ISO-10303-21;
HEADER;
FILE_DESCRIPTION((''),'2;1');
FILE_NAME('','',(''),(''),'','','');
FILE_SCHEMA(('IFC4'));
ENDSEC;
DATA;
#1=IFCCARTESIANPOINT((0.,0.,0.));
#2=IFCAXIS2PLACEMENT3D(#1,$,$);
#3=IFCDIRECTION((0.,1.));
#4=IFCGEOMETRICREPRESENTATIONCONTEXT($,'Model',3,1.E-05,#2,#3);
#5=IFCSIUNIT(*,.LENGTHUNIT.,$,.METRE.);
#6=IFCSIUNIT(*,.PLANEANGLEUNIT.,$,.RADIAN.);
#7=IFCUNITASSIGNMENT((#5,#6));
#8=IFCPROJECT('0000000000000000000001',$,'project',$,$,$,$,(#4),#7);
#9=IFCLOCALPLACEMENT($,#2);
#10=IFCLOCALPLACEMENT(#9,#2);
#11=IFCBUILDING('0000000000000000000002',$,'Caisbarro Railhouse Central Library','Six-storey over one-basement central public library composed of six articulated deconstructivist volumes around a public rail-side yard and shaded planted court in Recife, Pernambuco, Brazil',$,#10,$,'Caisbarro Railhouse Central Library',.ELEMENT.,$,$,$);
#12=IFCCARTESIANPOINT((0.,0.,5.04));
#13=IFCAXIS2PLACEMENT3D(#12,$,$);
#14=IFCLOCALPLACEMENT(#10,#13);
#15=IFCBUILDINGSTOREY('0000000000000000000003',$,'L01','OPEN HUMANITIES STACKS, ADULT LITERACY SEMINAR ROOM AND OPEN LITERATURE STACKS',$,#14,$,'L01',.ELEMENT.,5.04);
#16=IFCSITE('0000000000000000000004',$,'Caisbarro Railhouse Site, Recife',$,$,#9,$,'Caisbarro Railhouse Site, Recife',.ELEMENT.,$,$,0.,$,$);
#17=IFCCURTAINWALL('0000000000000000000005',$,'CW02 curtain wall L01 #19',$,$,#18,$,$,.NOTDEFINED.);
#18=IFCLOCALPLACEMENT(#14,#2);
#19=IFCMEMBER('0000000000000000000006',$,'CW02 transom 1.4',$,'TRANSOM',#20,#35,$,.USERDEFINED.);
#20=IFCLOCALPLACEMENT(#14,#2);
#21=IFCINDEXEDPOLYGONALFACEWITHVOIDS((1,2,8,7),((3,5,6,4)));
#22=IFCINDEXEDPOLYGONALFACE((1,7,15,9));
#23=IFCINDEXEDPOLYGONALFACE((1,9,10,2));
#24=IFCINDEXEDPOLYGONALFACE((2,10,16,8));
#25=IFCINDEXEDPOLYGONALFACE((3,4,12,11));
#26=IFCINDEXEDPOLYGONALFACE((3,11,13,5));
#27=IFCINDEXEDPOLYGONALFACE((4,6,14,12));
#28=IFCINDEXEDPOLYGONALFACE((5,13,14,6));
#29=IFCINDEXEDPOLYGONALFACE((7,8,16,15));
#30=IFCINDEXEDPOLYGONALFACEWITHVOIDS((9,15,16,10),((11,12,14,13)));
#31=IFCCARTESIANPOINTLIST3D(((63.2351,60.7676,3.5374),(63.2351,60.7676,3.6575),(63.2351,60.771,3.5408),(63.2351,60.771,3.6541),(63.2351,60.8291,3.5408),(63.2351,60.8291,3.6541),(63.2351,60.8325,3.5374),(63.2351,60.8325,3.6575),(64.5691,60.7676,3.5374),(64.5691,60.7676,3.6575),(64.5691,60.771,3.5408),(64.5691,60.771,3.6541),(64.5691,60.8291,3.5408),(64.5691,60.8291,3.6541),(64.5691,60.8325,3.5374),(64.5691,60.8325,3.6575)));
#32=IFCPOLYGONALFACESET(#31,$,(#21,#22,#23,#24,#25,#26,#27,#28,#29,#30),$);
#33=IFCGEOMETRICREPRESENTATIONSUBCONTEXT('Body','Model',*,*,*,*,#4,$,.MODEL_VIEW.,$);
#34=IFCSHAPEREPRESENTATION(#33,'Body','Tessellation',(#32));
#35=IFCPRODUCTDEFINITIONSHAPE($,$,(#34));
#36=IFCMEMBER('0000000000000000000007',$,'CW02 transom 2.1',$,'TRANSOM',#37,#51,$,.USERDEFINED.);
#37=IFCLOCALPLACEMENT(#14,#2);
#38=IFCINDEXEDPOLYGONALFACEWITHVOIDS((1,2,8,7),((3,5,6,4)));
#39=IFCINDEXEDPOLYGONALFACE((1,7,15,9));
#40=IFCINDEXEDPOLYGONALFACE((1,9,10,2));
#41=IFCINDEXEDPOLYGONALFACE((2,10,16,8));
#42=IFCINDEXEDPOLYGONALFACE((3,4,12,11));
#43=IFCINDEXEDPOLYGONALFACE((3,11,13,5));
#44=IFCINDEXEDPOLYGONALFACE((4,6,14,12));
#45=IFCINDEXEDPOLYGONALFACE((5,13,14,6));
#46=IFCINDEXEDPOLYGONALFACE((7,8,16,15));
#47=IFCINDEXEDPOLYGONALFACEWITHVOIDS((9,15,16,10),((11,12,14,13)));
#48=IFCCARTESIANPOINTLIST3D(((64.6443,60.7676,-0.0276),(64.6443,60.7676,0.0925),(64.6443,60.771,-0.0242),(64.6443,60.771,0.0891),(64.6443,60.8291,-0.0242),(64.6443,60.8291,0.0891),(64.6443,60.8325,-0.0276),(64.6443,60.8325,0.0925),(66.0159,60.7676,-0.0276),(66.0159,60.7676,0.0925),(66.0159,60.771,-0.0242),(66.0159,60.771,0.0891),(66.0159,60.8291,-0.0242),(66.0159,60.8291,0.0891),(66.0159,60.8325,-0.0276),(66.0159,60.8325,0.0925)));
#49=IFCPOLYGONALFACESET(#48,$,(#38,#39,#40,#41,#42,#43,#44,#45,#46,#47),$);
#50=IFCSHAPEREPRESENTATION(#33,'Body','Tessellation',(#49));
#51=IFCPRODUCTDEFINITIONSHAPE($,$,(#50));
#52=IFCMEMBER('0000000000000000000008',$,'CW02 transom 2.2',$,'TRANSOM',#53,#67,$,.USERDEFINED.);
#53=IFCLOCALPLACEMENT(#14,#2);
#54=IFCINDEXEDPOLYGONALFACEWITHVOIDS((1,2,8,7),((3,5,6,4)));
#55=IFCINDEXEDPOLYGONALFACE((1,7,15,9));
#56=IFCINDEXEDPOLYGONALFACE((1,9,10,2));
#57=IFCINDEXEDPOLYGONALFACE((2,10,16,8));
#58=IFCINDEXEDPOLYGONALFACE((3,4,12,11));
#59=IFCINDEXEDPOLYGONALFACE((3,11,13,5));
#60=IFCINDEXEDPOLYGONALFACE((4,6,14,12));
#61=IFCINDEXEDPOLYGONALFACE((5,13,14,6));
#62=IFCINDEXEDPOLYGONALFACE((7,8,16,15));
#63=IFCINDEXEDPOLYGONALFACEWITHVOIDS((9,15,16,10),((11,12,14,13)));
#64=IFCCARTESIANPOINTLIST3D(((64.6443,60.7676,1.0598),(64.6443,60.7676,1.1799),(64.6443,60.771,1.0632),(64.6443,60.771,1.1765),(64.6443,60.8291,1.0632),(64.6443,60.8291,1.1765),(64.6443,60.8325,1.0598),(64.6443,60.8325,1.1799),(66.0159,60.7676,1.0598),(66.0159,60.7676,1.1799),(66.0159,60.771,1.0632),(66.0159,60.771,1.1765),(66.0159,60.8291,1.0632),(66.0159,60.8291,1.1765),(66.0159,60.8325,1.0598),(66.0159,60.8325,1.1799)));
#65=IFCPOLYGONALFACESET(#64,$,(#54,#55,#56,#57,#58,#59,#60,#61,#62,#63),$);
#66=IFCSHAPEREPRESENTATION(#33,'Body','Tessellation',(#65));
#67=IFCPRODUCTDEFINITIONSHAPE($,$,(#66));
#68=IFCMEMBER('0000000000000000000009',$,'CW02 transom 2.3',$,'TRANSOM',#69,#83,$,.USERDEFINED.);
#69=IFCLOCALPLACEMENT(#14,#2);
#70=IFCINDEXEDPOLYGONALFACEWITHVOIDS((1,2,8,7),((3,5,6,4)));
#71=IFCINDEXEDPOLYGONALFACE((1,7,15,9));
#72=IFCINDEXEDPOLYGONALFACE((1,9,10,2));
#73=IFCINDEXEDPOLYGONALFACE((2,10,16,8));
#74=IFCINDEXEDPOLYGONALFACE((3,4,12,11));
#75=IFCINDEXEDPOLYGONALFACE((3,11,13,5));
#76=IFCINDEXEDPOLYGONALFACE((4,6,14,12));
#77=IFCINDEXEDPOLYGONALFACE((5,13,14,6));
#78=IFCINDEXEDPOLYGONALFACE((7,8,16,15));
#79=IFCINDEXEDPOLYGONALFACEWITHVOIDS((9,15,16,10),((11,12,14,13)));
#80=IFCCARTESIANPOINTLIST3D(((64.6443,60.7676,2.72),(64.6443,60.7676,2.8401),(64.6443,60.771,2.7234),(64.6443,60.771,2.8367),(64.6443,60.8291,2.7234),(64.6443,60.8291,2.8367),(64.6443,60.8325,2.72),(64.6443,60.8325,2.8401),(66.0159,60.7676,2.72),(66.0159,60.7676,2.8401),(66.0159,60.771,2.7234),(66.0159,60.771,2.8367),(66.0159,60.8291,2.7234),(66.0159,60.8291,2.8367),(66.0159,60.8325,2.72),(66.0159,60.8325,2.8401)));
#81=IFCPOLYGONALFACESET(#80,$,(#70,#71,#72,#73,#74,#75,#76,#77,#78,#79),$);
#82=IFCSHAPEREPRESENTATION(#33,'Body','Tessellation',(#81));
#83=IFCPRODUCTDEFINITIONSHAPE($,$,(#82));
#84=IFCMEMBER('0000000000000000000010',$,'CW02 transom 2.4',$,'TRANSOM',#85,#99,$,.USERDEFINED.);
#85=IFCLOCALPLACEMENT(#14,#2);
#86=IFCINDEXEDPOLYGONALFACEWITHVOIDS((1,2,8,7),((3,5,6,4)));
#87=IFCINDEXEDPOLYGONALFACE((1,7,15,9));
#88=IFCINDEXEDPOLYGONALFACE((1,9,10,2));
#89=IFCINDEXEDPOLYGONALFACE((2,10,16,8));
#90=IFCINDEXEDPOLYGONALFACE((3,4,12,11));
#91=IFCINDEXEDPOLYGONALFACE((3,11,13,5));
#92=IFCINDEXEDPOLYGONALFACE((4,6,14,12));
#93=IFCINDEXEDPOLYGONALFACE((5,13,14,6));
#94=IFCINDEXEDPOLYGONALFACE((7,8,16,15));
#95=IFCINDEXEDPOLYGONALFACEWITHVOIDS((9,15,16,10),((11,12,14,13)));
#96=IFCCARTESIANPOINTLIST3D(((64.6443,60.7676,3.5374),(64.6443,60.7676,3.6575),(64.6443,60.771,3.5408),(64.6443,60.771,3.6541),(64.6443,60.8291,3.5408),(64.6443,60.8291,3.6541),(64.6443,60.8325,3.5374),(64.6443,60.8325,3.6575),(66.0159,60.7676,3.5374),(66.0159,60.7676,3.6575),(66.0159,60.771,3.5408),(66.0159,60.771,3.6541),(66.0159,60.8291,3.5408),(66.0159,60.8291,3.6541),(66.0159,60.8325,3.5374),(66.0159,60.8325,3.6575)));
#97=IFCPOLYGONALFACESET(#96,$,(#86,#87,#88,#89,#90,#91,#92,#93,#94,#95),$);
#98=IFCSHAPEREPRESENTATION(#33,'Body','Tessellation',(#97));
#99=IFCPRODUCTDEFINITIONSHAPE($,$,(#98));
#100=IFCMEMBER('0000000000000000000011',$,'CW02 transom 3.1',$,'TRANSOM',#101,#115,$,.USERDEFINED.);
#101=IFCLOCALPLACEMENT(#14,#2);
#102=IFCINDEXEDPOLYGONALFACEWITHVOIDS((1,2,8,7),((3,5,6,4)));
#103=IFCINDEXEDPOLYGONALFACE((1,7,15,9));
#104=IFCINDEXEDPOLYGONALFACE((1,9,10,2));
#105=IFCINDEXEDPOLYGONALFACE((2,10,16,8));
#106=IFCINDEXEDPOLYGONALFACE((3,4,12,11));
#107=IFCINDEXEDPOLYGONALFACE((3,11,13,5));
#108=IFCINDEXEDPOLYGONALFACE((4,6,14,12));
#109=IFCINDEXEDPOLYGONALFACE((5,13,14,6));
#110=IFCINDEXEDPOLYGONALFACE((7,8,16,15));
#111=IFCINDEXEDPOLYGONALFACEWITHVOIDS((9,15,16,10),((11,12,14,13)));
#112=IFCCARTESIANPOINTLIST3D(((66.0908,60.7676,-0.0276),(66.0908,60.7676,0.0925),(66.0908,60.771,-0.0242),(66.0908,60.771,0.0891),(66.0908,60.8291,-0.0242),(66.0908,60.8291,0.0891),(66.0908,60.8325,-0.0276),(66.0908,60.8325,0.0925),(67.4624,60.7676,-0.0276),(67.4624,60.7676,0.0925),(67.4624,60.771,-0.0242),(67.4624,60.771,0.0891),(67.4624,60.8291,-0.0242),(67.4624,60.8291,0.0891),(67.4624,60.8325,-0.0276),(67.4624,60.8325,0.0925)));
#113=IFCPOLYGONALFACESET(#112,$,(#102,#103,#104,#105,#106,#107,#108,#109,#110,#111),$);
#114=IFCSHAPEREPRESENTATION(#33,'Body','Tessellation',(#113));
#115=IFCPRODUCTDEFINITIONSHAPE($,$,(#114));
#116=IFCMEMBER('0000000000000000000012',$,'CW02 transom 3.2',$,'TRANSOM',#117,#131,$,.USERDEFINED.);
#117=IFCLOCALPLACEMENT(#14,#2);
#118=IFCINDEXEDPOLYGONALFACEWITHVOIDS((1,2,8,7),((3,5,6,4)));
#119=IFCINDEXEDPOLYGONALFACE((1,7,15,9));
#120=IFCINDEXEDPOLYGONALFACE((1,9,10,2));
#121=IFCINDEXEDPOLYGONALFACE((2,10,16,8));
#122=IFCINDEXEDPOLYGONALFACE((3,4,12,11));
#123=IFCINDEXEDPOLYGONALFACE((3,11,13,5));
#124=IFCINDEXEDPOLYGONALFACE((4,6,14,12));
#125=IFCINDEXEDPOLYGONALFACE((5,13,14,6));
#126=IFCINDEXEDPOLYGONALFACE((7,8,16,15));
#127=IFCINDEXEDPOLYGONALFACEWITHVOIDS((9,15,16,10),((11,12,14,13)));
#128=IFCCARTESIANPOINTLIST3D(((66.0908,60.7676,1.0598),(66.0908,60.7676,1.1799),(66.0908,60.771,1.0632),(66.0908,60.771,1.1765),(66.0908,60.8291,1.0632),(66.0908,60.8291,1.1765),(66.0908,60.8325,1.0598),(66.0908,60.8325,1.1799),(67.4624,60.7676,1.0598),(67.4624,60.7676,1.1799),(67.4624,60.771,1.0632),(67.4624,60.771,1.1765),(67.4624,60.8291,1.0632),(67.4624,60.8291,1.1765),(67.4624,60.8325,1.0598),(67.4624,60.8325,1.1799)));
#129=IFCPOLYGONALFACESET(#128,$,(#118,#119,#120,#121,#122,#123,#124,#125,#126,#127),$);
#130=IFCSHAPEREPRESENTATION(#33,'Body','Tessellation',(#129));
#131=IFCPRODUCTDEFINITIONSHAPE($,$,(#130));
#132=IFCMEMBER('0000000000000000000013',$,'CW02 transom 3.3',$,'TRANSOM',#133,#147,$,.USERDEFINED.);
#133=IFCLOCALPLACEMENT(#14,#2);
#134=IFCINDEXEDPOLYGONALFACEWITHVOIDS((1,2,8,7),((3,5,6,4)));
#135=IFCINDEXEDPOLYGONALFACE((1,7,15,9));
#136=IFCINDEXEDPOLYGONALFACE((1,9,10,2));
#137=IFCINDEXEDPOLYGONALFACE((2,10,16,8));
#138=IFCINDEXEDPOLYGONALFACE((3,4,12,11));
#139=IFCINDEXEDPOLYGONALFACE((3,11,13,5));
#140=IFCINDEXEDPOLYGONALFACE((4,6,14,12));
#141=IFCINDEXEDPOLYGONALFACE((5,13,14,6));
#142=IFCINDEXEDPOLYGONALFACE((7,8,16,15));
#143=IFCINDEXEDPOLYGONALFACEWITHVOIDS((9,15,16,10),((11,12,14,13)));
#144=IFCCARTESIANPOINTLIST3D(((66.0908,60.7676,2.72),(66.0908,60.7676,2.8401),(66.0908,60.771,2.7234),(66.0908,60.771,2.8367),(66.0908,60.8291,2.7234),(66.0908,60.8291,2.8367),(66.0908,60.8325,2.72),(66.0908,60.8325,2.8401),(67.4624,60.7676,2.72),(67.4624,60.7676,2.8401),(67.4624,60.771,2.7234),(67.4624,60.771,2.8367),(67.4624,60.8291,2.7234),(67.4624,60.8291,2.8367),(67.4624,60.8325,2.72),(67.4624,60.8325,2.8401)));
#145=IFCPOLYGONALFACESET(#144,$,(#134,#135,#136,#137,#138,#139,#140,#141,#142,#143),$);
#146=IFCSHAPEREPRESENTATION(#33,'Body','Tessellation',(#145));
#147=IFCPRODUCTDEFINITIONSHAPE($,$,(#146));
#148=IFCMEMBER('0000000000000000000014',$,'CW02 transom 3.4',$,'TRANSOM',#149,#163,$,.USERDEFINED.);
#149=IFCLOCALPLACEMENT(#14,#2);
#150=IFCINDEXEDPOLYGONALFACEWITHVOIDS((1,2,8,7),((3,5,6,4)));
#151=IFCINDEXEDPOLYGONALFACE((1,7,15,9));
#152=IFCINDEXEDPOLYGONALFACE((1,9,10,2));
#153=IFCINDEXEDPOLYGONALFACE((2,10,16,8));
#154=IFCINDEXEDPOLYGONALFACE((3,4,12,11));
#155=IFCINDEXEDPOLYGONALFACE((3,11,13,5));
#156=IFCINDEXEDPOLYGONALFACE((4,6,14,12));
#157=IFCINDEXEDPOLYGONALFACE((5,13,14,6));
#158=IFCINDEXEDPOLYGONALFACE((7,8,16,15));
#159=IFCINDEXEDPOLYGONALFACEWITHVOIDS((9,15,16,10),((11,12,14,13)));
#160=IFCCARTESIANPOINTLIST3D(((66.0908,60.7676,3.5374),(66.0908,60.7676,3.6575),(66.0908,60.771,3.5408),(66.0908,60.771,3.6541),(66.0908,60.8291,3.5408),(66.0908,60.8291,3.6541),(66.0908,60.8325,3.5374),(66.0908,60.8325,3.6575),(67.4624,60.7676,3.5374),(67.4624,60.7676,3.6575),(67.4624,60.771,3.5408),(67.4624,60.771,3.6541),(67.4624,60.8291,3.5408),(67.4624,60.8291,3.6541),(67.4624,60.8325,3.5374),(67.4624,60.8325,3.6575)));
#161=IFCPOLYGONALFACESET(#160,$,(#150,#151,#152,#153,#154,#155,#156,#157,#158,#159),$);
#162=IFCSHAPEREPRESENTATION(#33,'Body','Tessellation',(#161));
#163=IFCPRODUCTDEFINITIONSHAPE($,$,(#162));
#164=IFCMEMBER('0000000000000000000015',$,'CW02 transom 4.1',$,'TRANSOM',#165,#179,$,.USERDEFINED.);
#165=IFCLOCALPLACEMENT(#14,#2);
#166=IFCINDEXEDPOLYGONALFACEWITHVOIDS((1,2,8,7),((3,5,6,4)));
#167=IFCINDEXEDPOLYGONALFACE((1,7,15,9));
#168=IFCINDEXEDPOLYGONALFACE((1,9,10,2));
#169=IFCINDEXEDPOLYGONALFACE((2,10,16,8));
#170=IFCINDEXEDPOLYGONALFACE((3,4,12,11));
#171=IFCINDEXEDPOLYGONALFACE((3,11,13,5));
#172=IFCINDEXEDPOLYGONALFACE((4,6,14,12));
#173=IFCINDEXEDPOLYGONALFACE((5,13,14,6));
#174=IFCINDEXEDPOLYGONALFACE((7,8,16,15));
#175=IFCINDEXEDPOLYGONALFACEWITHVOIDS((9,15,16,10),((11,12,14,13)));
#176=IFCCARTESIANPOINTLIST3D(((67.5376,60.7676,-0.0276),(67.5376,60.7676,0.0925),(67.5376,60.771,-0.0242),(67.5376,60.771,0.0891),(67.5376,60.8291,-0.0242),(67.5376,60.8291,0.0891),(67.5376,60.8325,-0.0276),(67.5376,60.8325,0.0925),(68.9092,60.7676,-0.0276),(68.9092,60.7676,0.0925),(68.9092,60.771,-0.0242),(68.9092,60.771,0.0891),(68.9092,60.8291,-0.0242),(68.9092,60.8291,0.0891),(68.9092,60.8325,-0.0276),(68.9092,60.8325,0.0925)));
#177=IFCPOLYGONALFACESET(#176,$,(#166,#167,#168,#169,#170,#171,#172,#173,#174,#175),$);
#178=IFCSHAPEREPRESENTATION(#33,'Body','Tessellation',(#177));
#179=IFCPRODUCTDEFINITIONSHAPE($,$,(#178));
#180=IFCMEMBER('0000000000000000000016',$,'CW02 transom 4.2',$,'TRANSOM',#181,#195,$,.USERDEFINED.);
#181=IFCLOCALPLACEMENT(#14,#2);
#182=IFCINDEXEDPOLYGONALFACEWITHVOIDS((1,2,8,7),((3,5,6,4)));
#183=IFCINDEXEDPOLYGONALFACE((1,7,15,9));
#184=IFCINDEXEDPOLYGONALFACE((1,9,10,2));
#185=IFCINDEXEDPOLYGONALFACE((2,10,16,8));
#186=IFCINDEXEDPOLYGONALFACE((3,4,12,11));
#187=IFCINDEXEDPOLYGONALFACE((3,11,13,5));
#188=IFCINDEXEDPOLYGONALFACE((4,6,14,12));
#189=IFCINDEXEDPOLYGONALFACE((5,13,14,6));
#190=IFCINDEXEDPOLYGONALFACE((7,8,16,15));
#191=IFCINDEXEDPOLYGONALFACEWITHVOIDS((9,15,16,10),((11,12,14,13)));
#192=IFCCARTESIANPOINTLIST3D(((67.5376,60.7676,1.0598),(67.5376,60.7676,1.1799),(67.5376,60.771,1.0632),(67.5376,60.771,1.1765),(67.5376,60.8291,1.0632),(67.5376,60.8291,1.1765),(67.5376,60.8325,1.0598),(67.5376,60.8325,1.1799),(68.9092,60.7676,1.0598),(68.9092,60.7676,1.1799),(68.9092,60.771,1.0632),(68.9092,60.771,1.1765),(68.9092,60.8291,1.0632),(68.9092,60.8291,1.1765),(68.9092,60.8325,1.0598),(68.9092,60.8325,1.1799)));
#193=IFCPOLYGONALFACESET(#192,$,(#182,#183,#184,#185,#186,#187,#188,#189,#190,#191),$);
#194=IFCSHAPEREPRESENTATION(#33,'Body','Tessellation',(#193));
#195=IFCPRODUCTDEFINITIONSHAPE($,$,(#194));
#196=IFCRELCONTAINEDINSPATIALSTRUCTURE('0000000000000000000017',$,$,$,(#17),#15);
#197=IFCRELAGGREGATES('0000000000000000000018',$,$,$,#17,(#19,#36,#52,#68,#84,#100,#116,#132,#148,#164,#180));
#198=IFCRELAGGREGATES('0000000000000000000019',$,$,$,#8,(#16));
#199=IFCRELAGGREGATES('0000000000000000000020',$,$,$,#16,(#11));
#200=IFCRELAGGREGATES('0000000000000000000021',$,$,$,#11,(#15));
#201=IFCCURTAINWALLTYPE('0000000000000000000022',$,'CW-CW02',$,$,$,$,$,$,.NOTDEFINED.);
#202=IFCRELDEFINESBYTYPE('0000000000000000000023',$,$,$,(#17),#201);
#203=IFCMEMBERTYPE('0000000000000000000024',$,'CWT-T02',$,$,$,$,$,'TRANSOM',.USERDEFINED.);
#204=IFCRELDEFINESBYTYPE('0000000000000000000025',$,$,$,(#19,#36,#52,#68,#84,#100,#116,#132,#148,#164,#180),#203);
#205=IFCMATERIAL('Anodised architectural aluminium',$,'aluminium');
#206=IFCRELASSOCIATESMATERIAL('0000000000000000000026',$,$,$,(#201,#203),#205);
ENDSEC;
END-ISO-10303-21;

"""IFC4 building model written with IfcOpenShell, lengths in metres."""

from ifc_helpers import new_model, si_unit, direction, frame, origin, origin_2d, place, context, subcontext, project, spatial, hollow_rectangle, extrude, material, material_profile, profile_set, type_object, element, aggregate, save


model = new_model("IFC4")

# Units and contexts
model_context = context("Model", 3, precision=1e-05, world=origin(), true_north=direction((0.0, 1.0)))
body_context = subcontext(model_context, "Body", "Model", "MODEL_VIEW")
ifc_project = project(units=[si_unit("LENGTHUNIT", "METRE"), si_unit("PLANEANGLEUNIT", "RADIAN")], contexts=[model_context])

# Site, building, storey
site_placement = place(None, origin())
site = spatial("IfcSite", under=ifc_project, at=site_placement, Name="Caisbarro Railhouse Site, Recife", LongName="Caisbarro Railhouse Site, Recife", CompositionType="ELEMENT", RefElevation=0.0)
building_placement = place(site_placement, origin())
building = spatial("IfcBuilding", under=site, at=building_placement, Name="Caisbarro Railhouse Central Library", Description="Six-storey over one-basement central public library composed of six articulated deconstructivist volumes around a public rail-side yard and shaded planted court in Recife, Pernambuco, Brazil", LongName="Caisbarro Railhouse Central Library", CompositionType="ELEMENT")
storey_placement = place(building_placement, frame((0.0, 0.0, 5.04)))
storey = spatial("IfcBuildingStorey", under=building, at=storey_placement, Name="L01", Description="OPEN HUMANITIES STACKS, ADULT LITERACY SEMINAR ROOM AND OPEN LITERATURE STACKS", LongName="L01", CompositionType="ELEMENT", Elevation=5.04)

# Curtain wall, members
ifc_material_1 = material(Name="Anodised architectural aluminium", Category="aluminium")
curtain_wall_type = type_object("IfcCurtainWallType", Name="CW-CW02", PredefinedType="NOTDEFINED", material=ifc_material_1)
curtain_wall_placement = place(storey_placement, origin())
curtain_wall = element("IfcCurtainWall", 1, at=curtain_wall_placement, inside=storey, type_object=curtain_wall_type, Name="CW02 curtain wall L01 #19", PredefinedType="NOTDEFINED")
ifc_material_profile_1 = material_profile(ifc_material_1, hollow_rectangle(XDim=0.0649, YDim=0.1201, WallThickness=0.0034, at=origin_2d()), Name="ALU-TRN-65X120")
ifc_profile_set_1 = profile_set([ifc_material_profile_1], Name="Anodised architectural aluminium")
member_type_1 = type_object("IfcMemberType", Name="CWT-T02", ElementType="TRANSOM", PredefinedType="USERDEFINED", material=ifc_profile_set_1)
member_1_placement = place(storey_placement, frame((63.2351, 60.8, 3.5974), z_axis=(1.0, 0.0, 0.0), x_axis=(0.0, 1.0, 0.0)))
member_1 = element("IfcMember", 2, at=member_1_placement, type_object=member_type_1, Name="CW02 transom 1.4", ObjectType="TRANSOM", PredefinedType="USERDEFINED", context=body_context, shape_type="SweptSolid", body=[
    extrude(hollow_rectangle(XDim=0.0649, YDim=0.1201, WallThickness=0.0034, at=origin_2d()), origin(), (0.0, 0.0, 1.0), 1.334),
])
member_2_placement = place(storey_placement, frame((64.6443, 60.8, 0.0325), z_axis=(1.0, 0.0, 0.0), x_axis=(0.0, 1.0, 0.0)))
member_2 = element("IfcMember", 3, at=member_2_placement, type_object=member_type_1, Name="CW02 transom 2.1", ObjectType="TRANSOM", PredefinedType="USERDEFINED", context=body_context, shape_type="SweptSolid", body=[
    extrude(hollow_rectangle(XDim=0.0649, YDim=0.1201, WallThickness=0.0034, at=origin_2d()), origin(), (0.0, 0.0, 1.0), 1.3716),
])
member_3_placement = place(storey_placement, frame((64.6443, 60.8, 1.1199), z_axis=(1.0, 0.0, 0.0), x_axis=(0.0, 1.0, 0.0)))
member_3 = element("IfcMember", 4, at=member_3_placement, type_object=member_type_1, Name="CW02 transom 2.2", ObjectType="TRANSOM", PredefinedType="USERDEFINED", context=body_context, shape_type="SweptSolid", body=[
    extrude(hollow_rectangle(XDim=0.0649, YDim=0.1201, WallThickness=0.0034, at=origin_2d()), origin(), (0.0, 0.0, 1.0), 1.3716),
])
member_4_placement = place(storey_placement, frame((64.6443, 60.8, 2.78), z_axis=(1.0, 0.0, 0.0), x_axis=(0.0, 1.0, 0.0)))
member_4 = element("IfcMember", 5, at=member_4_placement, type_object=member_type_1, Name="CW02 transom 2.3", ObjectType="TRANSOM", PredefinedType="USERDEFINED", context=body_context, shape_type="SweptSolid", body=[
    extrude(hollow_rectangle(XDim=0.0649, YDim=0.1201, WallThickness=0.0034, at=origin_2d()), origin(), (0.0, 0.0, 1.0), 1.3716),
])
member_5_placement = place(storey_placement, frame((64.6443, 60.8, 3.5974), z_axis=(1.0, 0.0, 0.0), x_axis=(0.0, 1.0, 0.0)))
member_5 = element("IfcMember", 6, at=member_5_placement, type_object=member_type_1, Name="CW02 transom 2.4", ObjectType="TRANSOM", PredefinedType="USERDEFINED", context=body_context, shape_type="SweptSolid", body=[
    extrude(hollow_rectangle(XDim=0.0649, YDim=0.1201, WallThickness=0.0034, at=origin_2d()), origin(), (0.0, 0.0, 1.0), 1.3716),
])
member_6_placement = place(storey_placement, frame((66.0908, 60.8, 0.0325), z_axis=(1.0, 0.0, 0.0), x_axis=(0.0, 1.0, 0.0)))
member_6 = element("IfcMember", 7, at=member_6_placement, type_object=member_type_1, Name="CW02 transom 3.1", ObjectType="TRANSOM", PredefinedType="USERDEFINED", context=body_context, shape_type="SweptSolid", body=[
    extrude(hollow_rectangle(XDim=0.0649, YDim=0.1201, WallThickness=0.0034, at=origin_2d()), origin(), (0.0, 0.0, 1.0), 1.3716),
])
member_7_placement = place(storey_placement, frame((66.0908, 60.8, 1.1199), z_axis=(1.0, 0.0, 0.0), x_axis=(0.0, 1.0, 0.0)))
member_7 = element("IfcMember", 8, at=member_7_placement, type_object=member_type_1, Name="CW02 transom 3.2", ObjectType="TRANSOM", PredefinedType="USERDEFINED", context=body_context, shape_type="SweptSolid", body=[
    extrude(hollow_rectangle(XDim=0.0649, YDim=0.1201, WallThickness=0.0034, at=origin_2d()), origin(), (0.0, 0.0, 1.0), 1.3716),
])
member_8_placement = place(storey_placement, frame((66.0908, 60.8, 2.78), z_axis=(1.0, 0.0, 0.0), x_axis=(0.0, 1.0, 0.0)))
member_8 = element("IfcMember", 9, at=member_8_placement, type_object=member_type_1, Name="CW02 transom 3.3", ObjectType="TRANSOM", PredefinedType="USERDEFINED", context=body_context, shape_type="SweptSolid", body=[
    extrude(hollow_rectangle(XDim=0.0649, YDim=0.1201, WallThickness=0.0034, at=origin_2d()), origin(), (0.0, 0.0, 1.0), 1.3716),
])
member_9_placement = place(storey_placement, frame((66.0908, 60.8, 3.5974), z_axis=(1.0, 0.0, 0.0), x_axis=(0.0, 1.0, 0.0)))
member_9 = element("IfcMember", 10, at=member_9_placement, type_object=member_type_1, Name="CW02 transom 3.4", ObjectType="TRANSOM", PredefinedType="USERDEFINED", context=body_context, shape_type="SweptSolid", body=[
    extrude(hollow_rectangle(XDim=0.0649, YDim=0.1201, WallThickness=0.0034, at=origin_2d()), origin(), (0.0, 0.0, 1.0), 1.3716),
])
member_10_placement = place(storey_placement, frame((67.5376, 60.8, 0.0325), z_axis=(1.0, 0.0, 0.0), x_axis=(0.0, 1.0, 0.0)))
member_10 = element("IfcMember", 11, at=member_10_placement, type_object=member_type_1, Name="CW02 transom 4.1", ObjectType="TRANSOM", PredefinedType="USERDEFINED", context=body_context, shape_type="SweptSolid", body=[
    extrude(hollow_rectangle(XDim=0.0649, YDim=0.1201, WallThickness=0.0034, at=origin_2d()), origin(), (0.0, 0.0, 1.0), 1.3716),
])
member_11_placement = place(storey_placement, frame((67.5376, 60.8, 1.1199), z_axis=(1.0, 0.0, 0.0), x_axis=(0.0, 1.0, 0.0)))
member_11 = element("IfcMember", 12, at=member_11_placement, type_object=member_type_1, Name="CW02 transom 4.2", ObjectType="TRANSOM", PredefinedType="USERDEFINED", context=body_context, shape_type="SweptSolid", body=[
    extrude(hollow_rectangle(XDim=0.0649, YDim=0.1201, WallThickness=0.0034, at=origin_2d()), origin(), (0.0, 0.0, 1.0), 1.3716),
])
aggregate(curtain_wall, [member_1, member_2, member_3, member_4, member_5, member_6, member_7, member_8, member_9, member_10, member_11])

save(model, "model.ifc")
